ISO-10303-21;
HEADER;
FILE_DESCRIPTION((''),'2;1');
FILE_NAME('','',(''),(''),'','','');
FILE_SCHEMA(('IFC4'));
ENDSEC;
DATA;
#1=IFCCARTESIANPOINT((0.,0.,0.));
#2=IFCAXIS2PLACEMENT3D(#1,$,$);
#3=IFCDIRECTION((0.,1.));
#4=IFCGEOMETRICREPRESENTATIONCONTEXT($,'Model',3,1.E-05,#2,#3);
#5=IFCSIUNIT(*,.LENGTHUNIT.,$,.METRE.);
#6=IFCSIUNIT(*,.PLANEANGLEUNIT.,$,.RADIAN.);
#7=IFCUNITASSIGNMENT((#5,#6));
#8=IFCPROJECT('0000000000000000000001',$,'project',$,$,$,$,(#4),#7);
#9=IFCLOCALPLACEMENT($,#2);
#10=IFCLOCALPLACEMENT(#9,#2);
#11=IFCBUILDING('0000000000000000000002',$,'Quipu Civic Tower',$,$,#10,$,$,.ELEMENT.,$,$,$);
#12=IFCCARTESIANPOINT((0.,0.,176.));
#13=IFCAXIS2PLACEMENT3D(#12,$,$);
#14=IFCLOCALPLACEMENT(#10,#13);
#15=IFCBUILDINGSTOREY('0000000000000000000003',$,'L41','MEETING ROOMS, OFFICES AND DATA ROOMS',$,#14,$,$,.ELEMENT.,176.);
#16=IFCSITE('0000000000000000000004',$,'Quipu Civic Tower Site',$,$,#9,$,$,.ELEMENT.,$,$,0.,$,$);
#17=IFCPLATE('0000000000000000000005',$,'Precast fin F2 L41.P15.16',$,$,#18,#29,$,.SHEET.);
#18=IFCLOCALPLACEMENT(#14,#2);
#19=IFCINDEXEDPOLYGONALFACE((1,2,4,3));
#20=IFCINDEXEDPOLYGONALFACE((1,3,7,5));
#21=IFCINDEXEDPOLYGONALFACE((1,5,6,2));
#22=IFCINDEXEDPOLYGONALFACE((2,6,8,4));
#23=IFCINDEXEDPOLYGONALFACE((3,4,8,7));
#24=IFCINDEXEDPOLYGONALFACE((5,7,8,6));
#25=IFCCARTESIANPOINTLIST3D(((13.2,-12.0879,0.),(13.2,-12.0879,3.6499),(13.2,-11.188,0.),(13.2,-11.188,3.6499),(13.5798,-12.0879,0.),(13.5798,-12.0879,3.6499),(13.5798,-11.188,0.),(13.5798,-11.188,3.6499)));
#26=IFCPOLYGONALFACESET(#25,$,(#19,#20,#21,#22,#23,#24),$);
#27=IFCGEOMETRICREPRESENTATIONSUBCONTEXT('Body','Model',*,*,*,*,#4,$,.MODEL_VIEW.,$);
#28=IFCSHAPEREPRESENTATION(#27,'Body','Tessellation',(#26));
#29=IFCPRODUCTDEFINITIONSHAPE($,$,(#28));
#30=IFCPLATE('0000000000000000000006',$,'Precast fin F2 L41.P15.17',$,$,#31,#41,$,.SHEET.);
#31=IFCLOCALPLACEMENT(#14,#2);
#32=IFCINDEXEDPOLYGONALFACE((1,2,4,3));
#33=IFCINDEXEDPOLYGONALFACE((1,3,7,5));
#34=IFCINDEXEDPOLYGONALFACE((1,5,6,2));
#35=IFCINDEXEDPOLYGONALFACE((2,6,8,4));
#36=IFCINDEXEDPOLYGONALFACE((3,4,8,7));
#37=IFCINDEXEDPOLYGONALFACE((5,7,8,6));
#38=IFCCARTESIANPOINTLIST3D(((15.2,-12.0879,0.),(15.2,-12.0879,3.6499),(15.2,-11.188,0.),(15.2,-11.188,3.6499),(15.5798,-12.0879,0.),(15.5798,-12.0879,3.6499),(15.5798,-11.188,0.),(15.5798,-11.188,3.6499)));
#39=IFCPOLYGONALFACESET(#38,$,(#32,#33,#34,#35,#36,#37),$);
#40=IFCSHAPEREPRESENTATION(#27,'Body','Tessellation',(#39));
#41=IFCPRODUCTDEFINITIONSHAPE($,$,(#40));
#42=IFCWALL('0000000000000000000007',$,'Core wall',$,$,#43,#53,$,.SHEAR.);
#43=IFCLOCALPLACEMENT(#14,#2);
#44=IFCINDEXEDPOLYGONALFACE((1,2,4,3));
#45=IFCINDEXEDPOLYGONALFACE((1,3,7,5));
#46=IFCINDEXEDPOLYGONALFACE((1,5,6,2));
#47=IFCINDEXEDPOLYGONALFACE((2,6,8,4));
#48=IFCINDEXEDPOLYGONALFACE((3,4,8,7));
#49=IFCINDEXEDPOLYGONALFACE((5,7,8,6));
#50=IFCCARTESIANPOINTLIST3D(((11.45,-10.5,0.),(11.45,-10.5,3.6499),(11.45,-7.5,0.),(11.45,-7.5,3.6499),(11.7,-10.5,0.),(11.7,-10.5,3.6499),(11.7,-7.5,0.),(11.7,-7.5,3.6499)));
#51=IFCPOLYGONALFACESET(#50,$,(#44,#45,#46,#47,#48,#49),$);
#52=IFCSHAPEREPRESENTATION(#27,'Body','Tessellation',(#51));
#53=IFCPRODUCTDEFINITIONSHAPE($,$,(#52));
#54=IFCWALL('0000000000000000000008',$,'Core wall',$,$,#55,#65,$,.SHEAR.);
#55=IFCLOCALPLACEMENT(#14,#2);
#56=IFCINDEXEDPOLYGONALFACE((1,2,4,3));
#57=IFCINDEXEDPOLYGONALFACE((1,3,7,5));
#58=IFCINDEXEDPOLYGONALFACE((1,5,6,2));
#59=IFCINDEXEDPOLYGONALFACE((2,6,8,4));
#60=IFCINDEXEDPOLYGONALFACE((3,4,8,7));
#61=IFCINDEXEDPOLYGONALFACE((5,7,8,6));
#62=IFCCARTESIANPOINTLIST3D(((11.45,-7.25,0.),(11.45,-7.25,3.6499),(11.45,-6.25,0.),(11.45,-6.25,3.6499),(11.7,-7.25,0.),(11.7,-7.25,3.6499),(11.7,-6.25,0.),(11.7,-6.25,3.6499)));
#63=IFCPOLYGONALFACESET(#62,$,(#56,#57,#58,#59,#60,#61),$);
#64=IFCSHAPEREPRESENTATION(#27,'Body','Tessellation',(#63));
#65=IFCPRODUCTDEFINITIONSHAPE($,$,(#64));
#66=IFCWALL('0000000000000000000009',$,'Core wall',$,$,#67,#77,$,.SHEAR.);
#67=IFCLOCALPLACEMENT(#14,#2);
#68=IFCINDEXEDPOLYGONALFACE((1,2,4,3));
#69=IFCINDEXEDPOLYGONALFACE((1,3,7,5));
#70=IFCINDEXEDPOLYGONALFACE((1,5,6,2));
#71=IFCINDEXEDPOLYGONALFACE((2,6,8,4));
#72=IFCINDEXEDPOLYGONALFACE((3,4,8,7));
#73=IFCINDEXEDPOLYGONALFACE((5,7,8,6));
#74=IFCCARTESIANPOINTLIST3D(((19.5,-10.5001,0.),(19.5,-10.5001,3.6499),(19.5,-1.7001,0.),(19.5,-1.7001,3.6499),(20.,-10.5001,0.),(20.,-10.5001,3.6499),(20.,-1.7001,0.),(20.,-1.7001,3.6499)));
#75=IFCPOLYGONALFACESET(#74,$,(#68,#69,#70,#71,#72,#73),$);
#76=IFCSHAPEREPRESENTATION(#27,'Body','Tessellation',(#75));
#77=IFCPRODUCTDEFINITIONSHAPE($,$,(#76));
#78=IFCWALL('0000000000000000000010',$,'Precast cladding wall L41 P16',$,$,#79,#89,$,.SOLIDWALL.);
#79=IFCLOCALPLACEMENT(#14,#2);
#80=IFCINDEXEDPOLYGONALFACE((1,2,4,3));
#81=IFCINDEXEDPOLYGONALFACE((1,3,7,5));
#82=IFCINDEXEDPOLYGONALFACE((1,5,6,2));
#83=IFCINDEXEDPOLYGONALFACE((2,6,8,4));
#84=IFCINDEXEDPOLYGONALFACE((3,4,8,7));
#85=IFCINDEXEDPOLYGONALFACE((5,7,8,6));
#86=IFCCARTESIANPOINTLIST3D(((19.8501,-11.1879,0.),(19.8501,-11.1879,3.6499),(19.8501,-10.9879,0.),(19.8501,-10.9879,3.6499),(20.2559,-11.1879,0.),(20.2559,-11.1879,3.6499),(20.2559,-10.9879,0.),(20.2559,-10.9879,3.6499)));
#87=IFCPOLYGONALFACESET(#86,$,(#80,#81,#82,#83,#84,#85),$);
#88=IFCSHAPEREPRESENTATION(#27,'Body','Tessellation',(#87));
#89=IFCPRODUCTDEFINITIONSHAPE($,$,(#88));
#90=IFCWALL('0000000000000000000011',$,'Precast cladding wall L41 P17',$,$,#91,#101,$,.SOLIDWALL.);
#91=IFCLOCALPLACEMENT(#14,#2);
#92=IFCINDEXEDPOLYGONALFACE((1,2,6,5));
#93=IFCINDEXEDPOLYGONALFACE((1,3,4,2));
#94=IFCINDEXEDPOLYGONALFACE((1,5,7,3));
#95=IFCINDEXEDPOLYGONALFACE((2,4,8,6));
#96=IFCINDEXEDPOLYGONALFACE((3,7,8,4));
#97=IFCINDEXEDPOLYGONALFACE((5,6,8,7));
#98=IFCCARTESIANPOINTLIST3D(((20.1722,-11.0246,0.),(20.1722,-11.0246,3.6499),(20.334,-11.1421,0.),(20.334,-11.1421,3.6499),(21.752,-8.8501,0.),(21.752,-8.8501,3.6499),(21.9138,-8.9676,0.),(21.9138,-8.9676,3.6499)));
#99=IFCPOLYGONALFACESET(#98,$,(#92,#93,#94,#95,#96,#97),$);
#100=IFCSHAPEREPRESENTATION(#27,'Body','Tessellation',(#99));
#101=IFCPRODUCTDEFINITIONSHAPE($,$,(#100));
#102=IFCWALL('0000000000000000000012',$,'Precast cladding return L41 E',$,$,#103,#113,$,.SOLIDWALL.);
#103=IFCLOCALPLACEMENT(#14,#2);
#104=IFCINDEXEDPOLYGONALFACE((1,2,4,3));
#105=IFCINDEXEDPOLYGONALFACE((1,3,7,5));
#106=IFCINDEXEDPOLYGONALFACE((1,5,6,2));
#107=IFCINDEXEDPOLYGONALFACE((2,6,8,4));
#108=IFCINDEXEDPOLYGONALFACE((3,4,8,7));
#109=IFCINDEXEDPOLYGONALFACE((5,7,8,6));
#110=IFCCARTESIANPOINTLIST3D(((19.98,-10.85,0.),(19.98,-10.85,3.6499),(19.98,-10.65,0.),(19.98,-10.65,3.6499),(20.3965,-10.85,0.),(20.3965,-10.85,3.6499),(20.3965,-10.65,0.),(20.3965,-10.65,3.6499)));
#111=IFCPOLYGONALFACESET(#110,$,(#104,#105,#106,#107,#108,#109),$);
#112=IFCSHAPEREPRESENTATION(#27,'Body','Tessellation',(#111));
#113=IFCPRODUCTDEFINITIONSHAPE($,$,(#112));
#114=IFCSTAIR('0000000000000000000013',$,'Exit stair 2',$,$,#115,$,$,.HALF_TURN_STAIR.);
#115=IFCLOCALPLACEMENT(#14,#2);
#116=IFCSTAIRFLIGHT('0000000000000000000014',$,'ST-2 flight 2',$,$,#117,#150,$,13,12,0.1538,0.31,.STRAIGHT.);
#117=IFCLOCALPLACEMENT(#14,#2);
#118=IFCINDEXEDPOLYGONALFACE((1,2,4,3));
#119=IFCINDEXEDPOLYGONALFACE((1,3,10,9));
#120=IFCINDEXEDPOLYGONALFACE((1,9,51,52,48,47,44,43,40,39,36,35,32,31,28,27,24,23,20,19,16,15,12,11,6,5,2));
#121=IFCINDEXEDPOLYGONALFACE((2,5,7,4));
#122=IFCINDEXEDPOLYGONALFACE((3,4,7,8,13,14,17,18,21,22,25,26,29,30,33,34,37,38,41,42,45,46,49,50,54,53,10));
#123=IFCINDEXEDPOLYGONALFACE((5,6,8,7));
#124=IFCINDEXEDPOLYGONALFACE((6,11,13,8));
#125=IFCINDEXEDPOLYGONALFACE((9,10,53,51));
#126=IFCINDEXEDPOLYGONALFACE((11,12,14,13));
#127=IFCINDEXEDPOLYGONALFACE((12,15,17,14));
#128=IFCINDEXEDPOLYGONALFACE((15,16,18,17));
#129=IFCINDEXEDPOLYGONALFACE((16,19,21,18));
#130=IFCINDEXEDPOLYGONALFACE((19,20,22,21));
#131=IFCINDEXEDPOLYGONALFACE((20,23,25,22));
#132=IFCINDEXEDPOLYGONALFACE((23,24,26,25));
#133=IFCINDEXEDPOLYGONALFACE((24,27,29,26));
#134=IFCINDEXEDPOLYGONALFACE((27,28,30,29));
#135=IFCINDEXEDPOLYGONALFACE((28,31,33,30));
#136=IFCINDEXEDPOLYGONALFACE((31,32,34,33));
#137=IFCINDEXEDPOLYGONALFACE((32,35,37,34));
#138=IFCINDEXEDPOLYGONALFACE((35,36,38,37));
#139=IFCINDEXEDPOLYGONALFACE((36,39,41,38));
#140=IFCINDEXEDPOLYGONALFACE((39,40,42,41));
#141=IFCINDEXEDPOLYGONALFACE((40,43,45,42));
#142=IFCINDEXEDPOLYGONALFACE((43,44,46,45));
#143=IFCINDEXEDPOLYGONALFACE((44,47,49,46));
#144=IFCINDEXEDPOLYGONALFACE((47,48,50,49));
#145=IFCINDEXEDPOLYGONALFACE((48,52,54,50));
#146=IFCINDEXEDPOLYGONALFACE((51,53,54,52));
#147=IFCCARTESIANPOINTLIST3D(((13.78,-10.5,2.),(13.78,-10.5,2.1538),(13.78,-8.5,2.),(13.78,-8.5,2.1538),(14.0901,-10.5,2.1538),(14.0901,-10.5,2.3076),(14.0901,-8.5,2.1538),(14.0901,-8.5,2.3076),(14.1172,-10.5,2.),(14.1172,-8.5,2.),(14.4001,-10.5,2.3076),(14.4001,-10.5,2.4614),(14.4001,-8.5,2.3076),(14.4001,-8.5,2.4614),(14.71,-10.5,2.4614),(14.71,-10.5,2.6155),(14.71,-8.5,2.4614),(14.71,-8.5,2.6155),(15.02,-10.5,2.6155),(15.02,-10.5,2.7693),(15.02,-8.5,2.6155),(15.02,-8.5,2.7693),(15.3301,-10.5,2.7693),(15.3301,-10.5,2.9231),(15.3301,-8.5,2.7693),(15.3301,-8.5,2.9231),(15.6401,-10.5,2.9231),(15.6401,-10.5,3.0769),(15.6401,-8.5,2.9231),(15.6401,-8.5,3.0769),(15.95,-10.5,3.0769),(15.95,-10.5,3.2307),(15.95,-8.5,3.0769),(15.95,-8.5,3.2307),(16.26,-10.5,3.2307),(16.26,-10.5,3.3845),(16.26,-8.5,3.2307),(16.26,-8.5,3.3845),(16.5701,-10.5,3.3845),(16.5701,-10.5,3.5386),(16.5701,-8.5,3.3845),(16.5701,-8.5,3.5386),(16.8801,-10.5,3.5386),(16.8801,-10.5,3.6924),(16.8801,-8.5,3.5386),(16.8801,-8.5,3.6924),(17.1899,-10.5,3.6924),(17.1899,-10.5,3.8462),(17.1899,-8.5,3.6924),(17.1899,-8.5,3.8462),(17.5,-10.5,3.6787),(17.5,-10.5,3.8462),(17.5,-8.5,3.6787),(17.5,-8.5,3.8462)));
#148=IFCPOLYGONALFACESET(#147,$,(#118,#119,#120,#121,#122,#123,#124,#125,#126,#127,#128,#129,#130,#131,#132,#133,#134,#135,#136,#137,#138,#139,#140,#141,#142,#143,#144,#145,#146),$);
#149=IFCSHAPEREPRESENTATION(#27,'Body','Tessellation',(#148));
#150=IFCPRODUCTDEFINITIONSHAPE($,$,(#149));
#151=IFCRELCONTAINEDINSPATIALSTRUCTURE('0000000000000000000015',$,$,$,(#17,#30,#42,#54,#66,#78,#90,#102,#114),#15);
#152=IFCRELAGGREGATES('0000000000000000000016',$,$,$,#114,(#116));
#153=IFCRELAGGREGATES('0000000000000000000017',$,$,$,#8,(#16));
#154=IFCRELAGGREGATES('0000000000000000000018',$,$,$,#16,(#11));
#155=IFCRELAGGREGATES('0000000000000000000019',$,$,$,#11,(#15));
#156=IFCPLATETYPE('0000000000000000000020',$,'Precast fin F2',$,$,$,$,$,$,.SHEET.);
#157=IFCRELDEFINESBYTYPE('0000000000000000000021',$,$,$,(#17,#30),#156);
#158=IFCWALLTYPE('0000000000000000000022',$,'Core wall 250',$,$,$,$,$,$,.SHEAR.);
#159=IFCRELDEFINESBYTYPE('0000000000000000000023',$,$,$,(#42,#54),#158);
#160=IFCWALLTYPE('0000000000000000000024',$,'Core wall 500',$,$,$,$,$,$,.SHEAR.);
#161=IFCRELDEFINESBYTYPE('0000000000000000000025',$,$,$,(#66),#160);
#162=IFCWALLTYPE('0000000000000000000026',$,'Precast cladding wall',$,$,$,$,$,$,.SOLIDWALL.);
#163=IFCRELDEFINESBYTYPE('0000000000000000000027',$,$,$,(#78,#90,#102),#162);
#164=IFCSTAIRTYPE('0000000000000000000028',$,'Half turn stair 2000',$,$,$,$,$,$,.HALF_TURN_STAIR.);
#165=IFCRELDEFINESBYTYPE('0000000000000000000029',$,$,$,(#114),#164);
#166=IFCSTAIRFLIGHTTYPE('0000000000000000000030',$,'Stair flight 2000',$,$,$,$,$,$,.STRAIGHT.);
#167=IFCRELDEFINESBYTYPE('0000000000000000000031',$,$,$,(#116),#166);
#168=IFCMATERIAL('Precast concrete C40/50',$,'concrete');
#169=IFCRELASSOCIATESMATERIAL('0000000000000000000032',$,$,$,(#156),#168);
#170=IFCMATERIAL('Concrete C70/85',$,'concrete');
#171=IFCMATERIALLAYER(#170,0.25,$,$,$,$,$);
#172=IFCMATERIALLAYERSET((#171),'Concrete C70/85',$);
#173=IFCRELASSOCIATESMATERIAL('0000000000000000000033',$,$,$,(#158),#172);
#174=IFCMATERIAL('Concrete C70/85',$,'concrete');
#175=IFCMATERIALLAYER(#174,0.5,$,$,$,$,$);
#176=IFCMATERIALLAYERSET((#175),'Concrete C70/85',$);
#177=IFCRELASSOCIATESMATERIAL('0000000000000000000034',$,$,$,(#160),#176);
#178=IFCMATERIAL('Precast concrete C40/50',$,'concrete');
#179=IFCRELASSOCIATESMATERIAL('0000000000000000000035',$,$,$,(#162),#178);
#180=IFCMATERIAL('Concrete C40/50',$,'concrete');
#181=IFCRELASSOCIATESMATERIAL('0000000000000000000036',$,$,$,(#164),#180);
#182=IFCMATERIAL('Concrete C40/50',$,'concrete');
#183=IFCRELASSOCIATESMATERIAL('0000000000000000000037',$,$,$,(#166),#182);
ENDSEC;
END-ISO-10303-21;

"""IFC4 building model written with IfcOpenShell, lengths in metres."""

from ifc_helpers import new_model, si_unit, direction, frame, frame_2d, origin, origin_2d, place, context, subcontext, project, spatial, polyline, rectangle, outline, extrude, material, layer, layer_set, type_object, element, aggregate, save


model = new_model("IFC4")

# Units and contexts
model_context = context("Model", 3, precision=1e-05, world=origin(), true_north=direction((0.0, 1.0)))
body_context = subcontext(model_context, "Body", "Model", "MODEL_VIEW")
ifc_project = project(units=[si_unit("LENGTHUNIT", "METRE"), si_unit("PLANEANGLEUNIT", "RADIAN")], contexts=[model_context])

# Site, building, storey
site_placement = place(None, origin())
site = spatial("IfcSite", under=ifc_project, at=site_placement, Name="Quipu Civic Tower Site", CompositionType="ELEMENT", RefElevation=0.0)
building_placement = place(site_placement, origin())
building = spatial("IfcBuilding", under=site, at=building_placement, Name="Quipu Civic Tower", CompositionType="ELEMENT")
storey_placement = place(building_placement, frame((0.0, 0.0, 176.0)))
storey = spatial("IfcBuildingStorey", under=building, at=storey_placement, Name="L41", Description="MEETING ROOMS, OFFICES AND DATA ROOMS", CompositionType="ELEMENT", Elevation=176.0)

# Plates
ifc_material_1 = material(Name="Precast concrete C40/50", Category="concrete")
plate_type = type_object("IfcPlateType", Name="Precast fin F2", PredefinedType="SHEET", material=ifc_material_1)
for number, where, z_axis, x_axis, name in (
    (1, (13.3899, -11.6379, 0.0), (0.0, 0.0, 1.0), (1.0, 0.0, 0.0), "Precast fin F2 L41.P15.16"),
    (2, (15.3899, -11.6379, 0.0), (0.0, 0.0, 1.0), (1.0, 0.0, 0.0), "Precast fin F2 L41.P15.17"),
):
    element("IfcPlate", number, at=place(storey_placement, frame(where, z_axis=z_axis, x_axis=x_axis)), inside=storey, type_object=plate_type, Name=name, PredefinedType="SHEET", context=body_context, shape_type="SweptSolid", body=[
        extrude(rectangle(XDim=0.3799, YDim=0.8999, at=origin_2d()), origin(), (0.0, 0.0, 1.0), 3.6499),
    ])

# Wall
ifc_material_2 = material(Name="Concrete C70/85", Category="concrete")
ifc_layer_1 = layer(ifc_material_2, 0.25)
ifc_layer_set_1 = layer_set([ifc_layer_1], Name="Concrete C70/85")
wall_type_1 = type_object("IfcWallType", Name="Core wall 250", PredefinedType="SHEAR", material=ifc_layer_set_1)
wall_1_placement = place(storey_placement, frame((11.575, -10.5, 0.0), z_axis=(0.0, 0.0, 1.0), x_axis=(0.0, 1.0, 0.0)))
element("IfcWall", 3, at=wall_1_placement, inside=storey, type_object=wall_type_1, Name="Core wall", PredefinedType="SHEAR", context=body_context, shape_type="SweptSolid", body=[
    extrude(rectangle(XDim=3.0, YDim=0.25, at=frame_2d((1.5, 0.0))), origin(), (0.0, 0.0, 1.0), 3.6499),
])

# Walls
wall_2_placement = place(storey_placement, frame((11.575, -7.25, 0.0), z_axis=(0.0, 0.0, 1.0), x_axis=(0.0, 1.0, 0.0)))
element("IfcWall", 4, at=wall_2_placement, inside=storey, type_object=wall_type_1, Name="Core wall", PredefinedType="SHEAR", context=body_context, shape_type="SweptSolid", body=[
    extrude(rectangle(XDim=1.0, YDim=0.25, at=frame_2d((0.5, 0.0))), origin(), (0.0, 0.0, 1.0), 3.6499),
])
ifc_material_3 = material(Name="Concrete C70/85", Category="concrete")
ifc_layer_2 = layer(ifc_material_3, 0.5)
ifc_layer_set_2 = layer_set([ifc_layer_2], Name="Concrete C70/85")
wall_type_2 = type_object("IfcWallType", Name="Core wall 500", PredefinedType="SHEAR", material=ifc_layer_set_2)
wall_3_placement = place(storey_placement, frame((19.75, -10.5, 0.0), z_axis=(0.0, 0.0, 1.0), x_axis=(0.0, 1.0, 0.0)))
element("IfcWall", 5, at=wall_3_placement, inside=storey, type_object=wall_type_2, Name="Core wall", PredefinedType="SHEAR", context=body_context, shape_type="SweptSolid", body=[
    extrude(rectangle(XDim=8.8, YDim=0.5, at=frame_2d((4.3999, 0.0))), origin(), (0.0, 0.0, 1.0), 3.6499),
])
ifc_material_4 = material(Name="Precast concrete C40/50", Category="concrete")
wall_type_3 = type_object("IfcWallType", Name="Precast cladding wall", PredefinedType="SOLIDWALL", material=ifc_material_4)
wall_4_placement = place(storey_placement, frame((19.8501, -11.0879, 0.0), z_axis=(0.0, 0.0, 1.0), x_axis=(1.0, 0.0, 0.0)))
element("IfcWall", 6, at=wall_4_placement, inside=storey, type_object=wall_type_3, Name="Precast cladding wall L41 P16", PredefinedType="SOLIDWALL", context=body_context, shape_type="SweptSolid", body=[
    extrude(rectangle(XDim=0.4058, YDim=0.2, at=frame_2d((0.2029, 0.0))), origin(), (0.0, 0.0, 1.0), 3.6499),
])
wall_5_placement = place(storey_placement, frame((20.2532, -11.0833, 0.0), z_axis=(0.0, 0.0, 1.0), x_axis=(0.587767, 0.809031, 0.0)))
element("IfcWall", 7, at=wall_5_placement, inside=storey, type_object=wall_type_3, Name="Precast cladding wall L41 P17", PredefinedType="SOLIDWALL", context=body_context, shape_type="SweptSolid", body=[
    extrude(rectangle(XDim=2.6877, YDim=0.2, at=frame_2d((1.3438, 0.0))), origin(), (0.0, 0.0, 1.0), 3.6499),
])
wall_6_placement = place(storey_placement, frame((19.98, -10.75, 0.0), z_axis=(0.0, 0.0, 1.0), x_axis=(1.0, 0.0, 0.0)))
element("IfcWall", 8, at=wall_6_placement, inside=storey, type_object=wall_type_3, Name="Precast cladding return L41 E", PredefinedType="SOLIDWALL", context=body_context, shape_type="SweptSolid", body=[
    extrude(rectangle(XDim=0.4165, YDim=0.2, at=frame_2d((0.2083, 0.0))), origin(), (0.0, 0.0, 1.0), 3.6499),
])

# Stair, stair flight
ifc_material_5 = material(Name="Concrete C40/50", Category="concrete")
stair_type = type_object("IfcStairType", Name="Half turn stair 2000", PredefinedType="HALF_TURN_STAIR", material=ifc_material_5)
stair_placement = place(storey_placement, origin())
stair = element("IfcStair", 9, at=stair_placement, inside=storey, type_object=stair_type, Name="Exit stair 2", PredefinedType="HALF_TURN_STAIR")
ifc_material_6 = material(Name="Concrete C40/50", Category="concrete")
stair_flight_type = type_object("IfcStairFlightType", Name="Stair flight 2000", PredefinedType="STRAIGHT", material=ifc_material_6)
stair_flight_placement = place(storey_placement, frame((13.78, -9.5, 2.0), z_axis=(0.0, 0.0, 1.0), x_axis=(1.0, 0.0, 0.0)))
stair_flight = element("IfcStairFlight", 10, at=stair_flight_placement, type_object=stair_flight_type, Name="ST-2 flight 2", NumberOfRisers=13, NumberOfTreads=12, PredefinedType="STRAIGHT", RiserHeight=0.1538, TreadLength=0.31, context=body_context, shape_type="SweptSolid", body=[
    extrude(outline(polyline([(0.0, 0.0), (0.0, 0.1538), (0.3101, 0.1538), (0.3101, 0.3076), (0.6201, 0.3076), (0.6201, 0.4614), (0.9299, 0.4614), (0.9299, 0.6155), (1.24, 0.6155), (1.24, 0.7693), (1.55, 0.7693), (1.55, 0.9231), (1.8601, 0.9231), (1.8601, 1.0769), (2.1699, 1.0769), (2.1699, 1.2307), (2.48, 1.2307), (2.48, 1.3845), (2.79, 1.3845), (2.79, 1.5386), (3.1001, 1.5386), (3.1001, 1.6924), (3.4099, 1.6924), (3.4099, 1.8462), (3.72, 1.8462), (3.72, 2.0), (3.72, 1.6787), (0.3372, 0.0), (0.0, 0.0)])), frame((0.0, 1.0, 0.0), z_axis=(0.0, -1.0, 0.0), x_axis=(1.0, 0.0, 0.0)), (0.0, 0.0, 1.0), 2.0),
])
aggregate(stair, [stair_flight])

save(model, "model.ifc")
